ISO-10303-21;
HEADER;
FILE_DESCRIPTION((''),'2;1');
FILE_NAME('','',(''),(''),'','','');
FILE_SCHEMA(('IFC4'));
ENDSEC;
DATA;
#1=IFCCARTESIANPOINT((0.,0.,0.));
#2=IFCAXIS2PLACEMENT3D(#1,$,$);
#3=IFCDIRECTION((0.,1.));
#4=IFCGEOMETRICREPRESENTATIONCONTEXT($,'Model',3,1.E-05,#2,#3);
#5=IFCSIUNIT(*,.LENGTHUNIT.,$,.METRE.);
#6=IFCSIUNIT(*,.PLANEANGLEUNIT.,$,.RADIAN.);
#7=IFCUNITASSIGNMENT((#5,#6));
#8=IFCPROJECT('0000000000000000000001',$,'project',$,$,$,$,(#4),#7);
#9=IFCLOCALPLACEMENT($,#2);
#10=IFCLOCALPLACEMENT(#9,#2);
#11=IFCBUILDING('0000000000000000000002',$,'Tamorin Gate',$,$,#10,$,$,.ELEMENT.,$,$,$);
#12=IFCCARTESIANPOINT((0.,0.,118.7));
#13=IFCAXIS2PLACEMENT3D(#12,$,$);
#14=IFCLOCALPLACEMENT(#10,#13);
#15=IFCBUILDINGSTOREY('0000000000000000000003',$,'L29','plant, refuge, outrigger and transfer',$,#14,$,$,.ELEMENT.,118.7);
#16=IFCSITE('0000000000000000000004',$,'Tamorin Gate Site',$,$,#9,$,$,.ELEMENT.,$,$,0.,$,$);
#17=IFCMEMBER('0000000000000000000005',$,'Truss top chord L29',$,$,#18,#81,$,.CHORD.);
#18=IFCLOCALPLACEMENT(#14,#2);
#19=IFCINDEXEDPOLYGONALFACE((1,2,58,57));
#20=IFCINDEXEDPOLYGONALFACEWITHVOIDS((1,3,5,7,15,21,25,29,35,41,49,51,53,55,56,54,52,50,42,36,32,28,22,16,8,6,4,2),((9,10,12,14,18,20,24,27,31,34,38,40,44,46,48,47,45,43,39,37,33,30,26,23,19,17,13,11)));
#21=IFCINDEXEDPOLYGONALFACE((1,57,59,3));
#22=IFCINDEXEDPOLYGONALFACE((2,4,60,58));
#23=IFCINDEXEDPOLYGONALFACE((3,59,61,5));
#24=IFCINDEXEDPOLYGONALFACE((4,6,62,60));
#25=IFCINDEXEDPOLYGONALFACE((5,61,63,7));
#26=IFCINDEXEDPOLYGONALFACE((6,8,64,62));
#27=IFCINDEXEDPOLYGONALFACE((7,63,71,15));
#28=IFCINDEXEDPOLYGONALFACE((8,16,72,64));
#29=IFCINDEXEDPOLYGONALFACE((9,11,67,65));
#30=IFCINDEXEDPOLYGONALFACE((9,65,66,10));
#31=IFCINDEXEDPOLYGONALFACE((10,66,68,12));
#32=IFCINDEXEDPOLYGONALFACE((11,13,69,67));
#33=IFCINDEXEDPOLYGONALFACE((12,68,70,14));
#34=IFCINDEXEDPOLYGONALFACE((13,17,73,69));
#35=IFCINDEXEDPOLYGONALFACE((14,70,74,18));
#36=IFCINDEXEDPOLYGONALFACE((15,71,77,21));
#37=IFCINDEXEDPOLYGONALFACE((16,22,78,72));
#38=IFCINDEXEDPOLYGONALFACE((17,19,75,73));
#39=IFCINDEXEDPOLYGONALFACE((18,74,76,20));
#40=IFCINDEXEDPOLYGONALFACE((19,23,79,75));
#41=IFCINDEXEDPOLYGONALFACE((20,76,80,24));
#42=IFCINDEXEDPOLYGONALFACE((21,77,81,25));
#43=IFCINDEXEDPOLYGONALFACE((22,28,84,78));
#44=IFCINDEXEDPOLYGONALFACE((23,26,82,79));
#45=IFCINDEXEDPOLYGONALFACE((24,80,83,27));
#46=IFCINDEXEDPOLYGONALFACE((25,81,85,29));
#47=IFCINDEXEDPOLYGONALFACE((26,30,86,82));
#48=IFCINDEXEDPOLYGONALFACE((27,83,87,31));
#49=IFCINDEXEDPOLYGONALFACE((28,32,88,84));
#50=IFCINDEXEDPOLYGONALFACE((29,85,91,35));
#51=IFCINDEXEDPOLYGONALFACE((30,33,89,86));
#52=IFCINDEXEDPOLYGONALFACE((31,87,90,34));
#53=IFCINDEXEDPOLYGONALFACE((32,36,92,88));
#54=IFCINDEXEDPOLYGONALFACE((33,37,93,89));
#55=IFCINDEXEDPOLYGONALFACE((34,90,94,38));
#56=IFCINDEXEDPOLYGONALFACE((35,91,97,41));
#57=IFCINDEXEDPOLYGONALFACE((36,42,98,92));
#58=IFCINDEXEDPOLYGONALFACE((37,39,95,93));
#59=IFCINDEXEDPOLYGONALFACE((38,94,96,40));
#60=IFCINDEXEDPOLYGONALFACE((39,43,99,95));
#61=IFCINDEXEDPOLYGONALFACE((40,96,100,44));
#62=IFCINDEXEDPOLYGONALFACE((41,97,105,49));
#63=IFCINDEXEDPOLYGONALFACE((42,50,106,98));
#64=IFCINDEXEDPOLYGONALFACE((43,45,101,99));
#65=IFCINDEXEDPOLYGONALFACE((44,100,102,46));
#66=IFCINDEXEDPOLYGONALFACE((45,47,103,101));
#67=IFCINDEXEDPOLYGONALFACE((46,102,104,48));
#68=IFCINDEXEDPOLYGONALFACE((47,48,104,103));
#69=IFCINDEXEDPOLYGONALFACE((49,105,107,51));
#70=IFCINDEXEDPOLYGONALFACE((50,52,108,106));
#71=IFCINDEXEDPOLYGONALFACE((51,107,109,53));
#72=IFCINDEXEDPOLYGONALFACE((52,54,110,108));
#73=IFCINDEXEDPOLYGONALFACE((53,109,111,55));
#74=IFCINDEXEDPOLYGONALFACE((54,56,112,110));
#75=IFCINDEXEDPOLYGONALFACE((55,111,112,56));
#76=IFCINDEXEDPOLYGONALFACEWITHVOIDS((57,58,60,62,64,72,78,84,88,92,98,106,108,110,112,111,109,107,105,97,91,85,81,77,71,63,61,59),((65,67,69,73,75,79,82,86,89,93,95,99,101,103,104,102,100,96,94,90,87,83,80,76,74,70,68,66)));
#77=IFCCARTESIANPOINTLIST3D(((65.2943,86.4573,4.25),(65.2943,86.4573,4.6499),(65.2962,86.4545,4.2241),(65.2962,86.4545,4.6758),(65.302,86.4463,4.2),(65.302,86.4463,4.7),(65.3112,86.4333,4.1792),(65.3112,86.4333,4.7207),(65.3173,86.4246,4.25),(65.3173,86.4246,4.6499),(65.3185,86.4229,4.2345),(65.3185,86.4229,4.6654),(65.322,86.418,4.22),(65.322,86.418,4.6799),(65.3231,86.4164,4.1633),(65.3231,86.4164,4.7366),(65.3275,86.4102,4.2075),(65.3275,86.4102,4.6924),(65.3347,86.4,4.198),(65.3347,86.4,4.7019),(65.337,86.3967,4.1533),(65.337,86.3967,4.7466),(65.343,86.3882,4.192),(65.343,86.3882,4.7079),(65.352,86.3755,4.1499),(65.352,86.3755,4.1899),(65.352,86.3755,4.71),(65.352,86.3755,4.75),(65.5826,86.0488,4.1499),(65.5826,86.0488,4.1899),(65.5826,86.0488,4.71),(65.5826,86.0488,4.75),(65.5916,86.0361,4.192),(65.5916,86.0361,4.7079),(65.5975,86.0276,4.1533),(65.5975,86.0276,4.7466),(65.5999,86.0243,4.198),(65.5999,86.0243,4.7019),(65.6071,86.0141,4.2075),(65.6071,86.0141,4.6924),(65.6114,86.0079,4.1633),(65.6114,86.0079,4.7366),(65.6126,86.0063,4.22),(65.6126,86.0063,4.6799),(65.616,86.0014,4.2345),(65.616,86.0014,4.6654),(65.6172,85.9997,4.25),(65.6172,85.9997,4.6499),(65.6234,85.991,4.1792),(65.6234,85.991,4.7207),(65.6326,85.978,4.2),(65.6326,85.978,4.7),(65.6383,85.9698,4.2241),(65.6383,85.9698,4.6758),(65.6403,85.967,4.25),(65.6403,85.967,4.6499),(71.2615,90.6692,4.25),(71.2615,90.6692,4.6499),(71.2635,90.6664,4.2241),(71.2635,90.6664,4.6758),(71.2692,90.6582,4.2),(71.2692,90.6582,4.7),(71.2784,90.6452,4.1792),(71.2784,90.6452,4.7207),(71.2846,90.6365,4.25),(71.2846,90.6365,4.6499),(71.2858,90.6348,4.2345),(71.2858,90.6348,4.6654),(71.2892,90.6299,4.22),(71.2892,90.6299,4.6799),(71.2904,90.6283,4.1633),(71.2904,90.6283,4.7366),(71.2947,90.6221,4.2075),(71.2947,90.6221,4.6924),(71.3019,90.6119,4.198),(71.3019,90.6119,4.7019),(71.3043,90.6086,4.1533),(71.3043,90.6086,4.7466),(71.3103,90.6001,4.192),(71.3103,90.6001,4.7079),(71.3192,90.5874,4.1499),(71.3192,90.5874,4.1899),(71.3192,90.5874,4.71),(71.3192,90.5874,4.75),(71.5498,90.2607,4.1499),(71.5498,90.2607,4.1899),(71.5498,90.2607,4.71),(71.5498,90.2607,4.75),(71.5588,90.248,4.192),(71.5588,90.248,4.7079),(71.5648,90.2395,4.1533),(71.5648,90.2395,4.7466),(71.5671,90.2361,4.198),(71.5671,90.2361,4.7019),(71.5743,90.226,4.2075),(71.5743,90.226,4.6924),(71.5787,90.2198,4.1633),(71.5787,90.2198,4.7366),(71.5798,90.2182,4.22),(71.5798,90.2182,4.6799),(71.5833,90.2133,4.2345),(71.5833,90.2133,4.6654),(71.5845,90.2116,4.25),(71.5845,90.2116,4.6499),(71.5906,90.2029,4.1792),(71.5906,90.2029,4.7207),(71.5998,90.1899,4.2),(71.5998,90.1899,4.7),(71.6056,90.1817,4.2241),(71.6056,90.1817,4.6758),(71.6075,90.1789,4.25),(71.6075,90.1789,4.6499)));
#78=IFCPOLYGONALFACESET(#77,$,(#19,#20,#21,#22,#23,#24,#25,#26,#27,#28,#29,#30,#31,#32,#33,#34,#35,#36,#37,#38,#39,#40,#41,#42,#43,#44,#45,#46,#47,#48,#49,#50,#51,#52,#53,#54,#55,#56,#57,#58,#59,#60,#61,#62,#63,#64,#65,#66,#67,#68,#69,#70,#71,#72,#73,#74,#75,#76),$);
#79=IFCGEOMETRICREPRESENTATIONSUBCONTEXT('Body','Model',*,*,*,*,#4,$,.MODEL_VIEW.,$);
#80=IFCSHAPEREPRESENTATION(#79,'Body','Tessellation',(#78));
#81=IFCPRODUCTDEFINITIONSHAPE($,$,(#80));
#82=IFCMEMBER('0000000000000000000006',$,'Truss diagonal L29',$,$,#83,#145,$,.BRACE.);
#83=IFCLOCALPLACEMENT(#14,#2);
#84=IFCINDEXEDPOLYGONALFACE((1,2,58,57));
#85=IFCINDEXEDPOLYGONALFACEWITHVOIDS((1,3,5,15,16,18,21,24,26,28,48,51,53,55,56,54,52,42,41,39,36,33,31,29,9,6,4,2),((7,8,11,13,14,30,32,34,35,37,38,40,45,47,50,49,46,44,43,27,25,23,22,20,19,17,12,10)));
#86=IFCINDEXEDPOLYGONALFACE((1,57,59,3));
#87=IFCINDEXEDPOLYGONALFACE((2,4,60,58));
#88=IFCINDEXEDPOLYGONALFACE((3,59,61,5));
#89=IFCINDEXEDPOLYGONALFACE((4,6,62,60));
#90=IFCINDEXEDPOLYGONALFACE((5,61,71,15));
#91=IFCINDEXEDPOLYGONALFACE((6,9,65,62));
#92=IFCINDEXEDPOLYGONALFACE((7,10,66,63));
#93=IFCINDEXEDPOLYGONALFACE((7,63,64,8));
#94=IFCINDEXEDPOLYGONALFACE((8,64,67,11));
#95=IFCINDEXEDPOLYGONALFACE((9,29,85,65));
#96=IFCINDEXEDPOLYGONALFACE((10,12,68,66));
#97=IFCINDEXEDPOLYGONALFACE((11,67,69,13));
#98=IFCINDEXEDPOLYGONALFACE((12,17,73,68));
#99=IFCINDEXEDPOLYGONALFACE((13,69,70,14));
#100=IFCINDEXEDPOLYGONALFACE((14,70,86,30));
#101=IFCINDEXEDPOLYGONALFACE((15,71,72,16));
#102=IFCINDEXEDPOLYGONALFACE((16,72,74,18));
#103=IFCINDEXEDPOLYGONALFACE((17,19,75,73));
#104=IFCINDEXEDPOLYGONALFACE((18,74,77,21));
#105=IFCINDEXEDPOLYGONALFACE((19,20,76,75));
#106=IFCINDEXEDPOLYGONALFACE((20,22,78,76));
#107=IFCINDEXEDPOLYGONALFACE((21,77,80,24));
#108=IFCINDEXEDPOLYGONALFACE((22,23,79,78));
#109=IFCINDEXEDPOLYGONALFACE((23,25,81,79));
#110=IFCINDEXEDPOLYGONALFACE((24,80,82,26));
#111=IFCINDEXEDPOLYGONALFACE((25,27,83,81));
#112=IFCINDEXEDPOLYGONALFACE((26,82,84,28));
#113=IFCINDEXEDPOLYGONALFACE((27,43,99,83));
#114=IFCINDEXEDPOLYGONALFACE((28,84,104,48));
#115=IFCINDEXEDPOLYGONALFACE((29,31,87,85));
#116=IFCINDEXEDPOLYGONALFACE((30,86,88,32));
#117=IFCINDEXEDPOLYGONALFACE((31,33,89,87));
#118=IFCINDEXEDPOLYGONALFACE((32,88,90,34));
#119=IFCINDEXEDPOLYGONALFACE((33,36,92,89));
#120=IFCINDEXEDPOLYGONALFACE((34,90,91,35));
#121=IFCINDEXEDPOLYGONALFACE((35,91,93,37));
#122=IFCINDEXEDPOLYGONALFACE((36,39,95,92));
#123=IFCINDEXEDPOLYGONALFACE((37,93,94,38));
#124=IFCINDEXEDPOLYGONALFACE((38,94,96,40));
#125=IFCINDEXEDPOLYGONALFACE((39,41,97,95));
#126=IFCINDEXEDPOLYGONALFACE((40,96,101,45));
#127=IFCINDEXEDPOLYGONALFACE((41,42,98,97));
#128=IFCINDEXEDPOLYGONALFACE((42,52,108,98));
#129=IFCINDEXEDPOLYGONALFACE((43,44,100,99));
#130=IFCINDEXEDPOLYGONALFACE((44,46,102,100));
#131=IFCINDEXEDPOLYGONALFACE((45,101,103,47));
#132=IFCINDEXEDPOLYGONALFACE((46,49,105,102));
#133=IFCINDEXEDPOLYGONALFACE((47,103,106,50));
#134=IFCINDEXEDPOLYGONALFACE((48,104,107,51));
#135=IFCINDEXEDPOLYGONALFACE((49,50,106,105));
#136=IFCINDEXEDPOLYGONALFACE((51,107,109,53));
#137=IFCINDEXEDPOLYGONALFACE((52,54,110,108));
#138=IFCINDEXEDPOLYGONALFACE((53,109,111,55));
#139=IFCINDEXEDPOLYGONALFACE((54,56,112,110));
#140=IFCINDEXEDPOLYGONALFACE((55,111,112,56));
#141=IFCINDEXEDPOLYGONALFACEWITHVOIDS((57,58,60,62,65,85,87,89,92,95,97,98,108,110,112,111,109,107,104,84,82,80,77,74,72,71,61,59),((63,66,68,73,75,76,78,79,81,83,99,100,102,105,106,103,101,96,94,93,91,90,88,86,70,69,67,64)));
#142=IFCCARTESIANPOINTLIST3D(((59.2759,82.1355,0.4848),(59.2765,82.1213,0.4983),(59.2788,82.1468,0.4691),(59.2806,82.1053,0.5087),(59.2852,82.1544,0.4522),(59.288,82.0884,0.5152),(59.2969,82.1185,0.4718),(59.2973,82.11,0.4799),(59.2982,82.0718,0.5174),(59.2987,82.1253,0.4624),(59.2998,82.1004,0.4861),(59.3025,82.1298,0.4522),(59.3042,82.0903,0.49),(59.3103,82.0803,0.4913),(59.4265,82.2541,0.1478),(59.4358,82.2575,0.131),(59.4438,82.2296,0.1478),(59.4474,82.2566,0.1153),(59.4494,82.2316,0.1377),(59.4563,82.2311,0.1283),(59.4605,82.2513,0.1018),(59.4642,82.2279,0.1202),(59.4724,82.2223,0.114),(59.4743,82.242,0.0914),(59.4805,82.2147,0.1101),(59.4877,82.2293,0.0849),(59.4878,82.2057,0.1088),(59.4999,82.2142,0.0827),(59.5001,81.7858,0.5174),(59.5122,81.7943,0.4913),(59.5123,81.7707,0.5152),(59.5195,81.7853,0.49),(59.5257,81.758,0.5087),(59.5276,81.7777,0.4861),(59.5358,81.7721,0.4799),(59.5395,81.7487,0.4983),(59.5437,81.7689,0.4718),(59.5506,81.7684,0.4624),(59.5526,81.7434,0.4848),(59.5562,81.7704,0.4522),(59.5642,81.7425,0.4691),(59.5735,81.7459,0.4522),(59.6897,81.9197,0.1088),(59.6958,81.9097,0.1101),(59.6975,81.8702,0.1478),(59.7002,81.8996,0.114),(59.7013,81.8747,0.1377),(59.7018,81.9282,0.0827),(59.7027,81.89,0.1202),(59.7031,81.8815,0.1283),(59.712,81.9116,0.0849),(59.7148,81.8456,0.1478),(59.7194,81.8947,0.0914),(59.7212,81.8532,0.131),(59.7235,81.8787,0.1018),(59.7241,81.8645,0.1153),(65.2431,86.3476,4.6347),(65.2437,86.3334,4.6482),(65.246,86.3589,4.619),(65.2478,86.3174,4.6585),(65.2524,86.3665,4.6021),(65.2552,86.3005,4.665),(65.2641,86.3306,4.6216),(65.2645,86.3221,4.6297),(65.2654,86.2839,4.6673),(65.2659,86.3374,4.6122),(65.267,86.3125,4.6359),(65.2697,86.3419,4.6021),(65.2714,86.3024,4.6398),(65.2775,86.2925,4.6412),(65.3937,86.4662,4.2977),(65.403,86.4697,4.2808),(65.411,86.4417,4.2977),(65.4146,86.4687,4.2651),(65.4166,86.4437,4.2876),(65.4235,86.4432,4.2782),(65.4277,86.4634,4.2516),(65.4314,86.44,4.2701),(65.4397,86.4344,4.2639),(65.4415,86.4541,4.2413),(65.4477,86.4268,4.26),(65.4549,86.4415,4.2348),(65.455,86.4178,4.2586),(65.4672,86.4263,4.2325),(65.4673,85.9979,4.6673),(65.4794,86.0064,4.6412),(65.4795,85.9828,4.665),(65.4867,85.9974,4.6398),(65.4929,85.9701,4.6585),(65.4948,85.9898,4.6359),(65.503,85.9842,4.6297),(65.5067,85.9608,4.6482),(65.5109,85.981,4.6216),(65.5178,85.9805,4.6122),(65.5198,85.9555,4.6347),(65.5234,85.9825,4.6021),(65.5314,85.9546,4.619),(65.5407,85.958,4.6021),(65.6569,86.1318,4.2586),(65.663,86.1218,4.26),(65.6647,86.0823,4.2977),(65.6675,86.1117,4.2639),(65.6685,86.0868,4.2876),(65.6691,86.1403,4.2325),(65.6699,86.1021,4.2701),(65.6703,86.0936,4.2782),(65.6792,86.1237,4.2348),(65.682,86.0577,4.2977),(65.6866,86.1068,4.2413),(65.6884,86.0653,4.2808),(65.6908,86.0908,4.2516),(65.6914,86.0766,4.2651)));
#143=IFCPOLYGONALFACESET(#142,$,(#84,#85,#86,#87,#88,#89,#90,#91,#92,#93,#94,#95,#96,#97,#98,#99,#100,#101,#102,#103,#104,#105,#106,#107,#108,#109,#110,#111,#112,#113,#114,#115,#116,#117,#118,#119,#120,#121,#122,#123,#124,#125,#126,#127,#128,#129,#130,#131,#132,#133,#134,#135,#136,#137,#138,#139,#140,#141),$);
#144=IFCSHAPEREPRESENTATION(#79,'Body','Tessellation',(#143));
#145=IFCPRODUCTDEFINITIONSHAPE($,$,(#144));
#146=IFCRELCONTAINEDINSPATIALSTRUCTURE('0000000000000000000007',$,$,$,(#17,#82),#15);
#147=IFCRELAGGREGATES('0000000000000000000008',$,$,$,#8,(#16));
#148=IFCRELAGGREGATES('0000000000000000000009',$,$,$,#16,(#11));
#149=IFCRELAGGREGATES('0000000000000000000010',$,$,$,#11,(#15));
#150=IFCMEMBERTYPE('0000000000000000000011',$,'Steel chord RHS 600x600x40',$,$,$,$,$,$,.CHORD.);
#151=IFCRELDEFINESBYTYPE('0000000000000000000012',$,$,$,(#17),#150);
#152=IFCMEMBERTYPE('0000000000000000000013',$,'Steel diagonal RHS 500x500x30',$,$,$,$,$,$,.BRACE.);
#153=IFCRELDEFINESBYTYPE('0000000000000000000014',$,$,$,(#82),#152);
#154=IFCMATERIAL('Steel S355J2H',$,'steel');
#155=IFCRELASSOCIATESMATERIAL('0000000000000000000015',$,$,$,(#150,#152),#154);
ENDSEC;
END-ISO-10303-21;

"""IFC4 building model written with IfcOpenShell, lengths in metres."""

from ifc_helpers import new_model, si_unit, direction, frame, origin, origin_2d, place, context, subcontext, project, spatial, hollow_rectangle, extrude, material, material_profile, profile_set, type_object, element, save


model = new_model("IFC4")

# Units and contexts
model_context = context("Model", 3, precision=1e-05, world=origin(), true_north=direction((0.0, 1.0)))
body_context = subcontext(model_context, "Body", "Model", "MODEL_VIEW")
ifc_project = project(units=[si_unit("LENGTHUNIT", "METRE"), si_unit("PLANEANGLEUNIT", "RADIAN")], contexts=[model_context])

# Site, building, storey
site_placement = place(None, origin())
site = spatial("IfcSite", under=ifc_project, at=site_placement, Name="Tamorin Gate Site", CompositionType="ELEMENT", RefElevation=0.0)
building_placement = place(site_placement, origin())
building = spatial("IfcBuilding", under=site, at=building_placement, Name="Tamorin Gate", CompositionType="ELEMENT")
storey_placement = place(building_placement, frame((0.0, 0.0, 118.7)))
storey = spatial("IfcBuildingStorey", under=building, at=storey_placement, Name="L29", Description="plant, refuge, outrigger and transfer", CompositionType="ELEMENT", Elevation=118.7)

# Members
ifc_material_1 = material(Name="Steel S355J2H", Category="steel")
ifc_material_profile_1 = material_profile(ifc_material_1, hollow_rectangle(XDim=0.6001, YDim=0.6001, WallThickness=0.04, InnerFilletRadius=0.0601, OuterFilletRadius=0.1001, at=origin_2d()), Name="RHS 600x600x40")
ifc_profile_set_1 = profile_set([ifc_material_profile_1], Name="Steel S355J2H")
member_type_1 = type_object("IfcMemberType", Name="Steel chord RHS 600x600x40", PredefinedType="CHORD", material=ifc_profile_set_1)
for number, where, z_axis, x_axis, name in (
    (1, (65.4673, 86.2122, 4.45), (0.816986, 0.576657, 0.0), (-0.576657, 0.816986, 0.0), "Truss top chord L29"),
):
    element("IfcMember", number, at=place(storey_placement, frame(where, z_axis=z_axis, x_axis=x_axis)), inside=storey, type_object=member_type_1, Name=name, PredefinedType="CHORD", context=body_context, shape_type="SweptSolid", body=[
        extrude(hollow_rectangle(XDim=0.6001, YDim=0.6001, WallThickness=0.04, InnerFilletRadius=0.0601, OuterFilletRadius=0.1001, at=origin_2d()), origin(), (0.0, 0.0, 1.0), 7.304),
    ])
ifc_material_profile_2 = material_profile(ifc_material_1, hollow_rectangle(XDim=0.5, YDim=0.5, WallThickness=0.03, InnerFilletRadius=0.0449, OuterFilletRadius=0.075, at=origin_2d()), Name="RHS 500x500x30")
ifc_profile_set_2 = profile_set([ifc_material_profile_2], Name="Steel S355J2H")
member_type_2 = type_object("IfcMemberType", Name="Steel diagonal RHS 500x500x30", PredefinedType="BRACE", material=ifc_profile_set_2)
for number, where, z_axis, x_axis, name in (
    (2, (59.5, 82.0, 0.3), (0.710328, 0.501403, 0.493992), (-0.576679, 0.816971, 0.0), "Truss diagonal L29"),
):
    element("IfcMember", number, at=place(storey_placement, frame(where, z_axis=z_axis, x_axis=x_axis)), inside=storey, type_object=member_type_2, Name=name, PredefinedType="BRACE", context=body_context, shape_type="SweptSolid", body=[
        extrude(hollow_rectangle(XDim=0.5, YDim=0.5, WallThickness=0.03, InnerFilletRadius=0.0449, OuterFilletRadius=0.075, at=origin_2d()), origin(), (0.0, 0.0, 1.0), 8.4006),
    ])

save(model, "model.ifc")
